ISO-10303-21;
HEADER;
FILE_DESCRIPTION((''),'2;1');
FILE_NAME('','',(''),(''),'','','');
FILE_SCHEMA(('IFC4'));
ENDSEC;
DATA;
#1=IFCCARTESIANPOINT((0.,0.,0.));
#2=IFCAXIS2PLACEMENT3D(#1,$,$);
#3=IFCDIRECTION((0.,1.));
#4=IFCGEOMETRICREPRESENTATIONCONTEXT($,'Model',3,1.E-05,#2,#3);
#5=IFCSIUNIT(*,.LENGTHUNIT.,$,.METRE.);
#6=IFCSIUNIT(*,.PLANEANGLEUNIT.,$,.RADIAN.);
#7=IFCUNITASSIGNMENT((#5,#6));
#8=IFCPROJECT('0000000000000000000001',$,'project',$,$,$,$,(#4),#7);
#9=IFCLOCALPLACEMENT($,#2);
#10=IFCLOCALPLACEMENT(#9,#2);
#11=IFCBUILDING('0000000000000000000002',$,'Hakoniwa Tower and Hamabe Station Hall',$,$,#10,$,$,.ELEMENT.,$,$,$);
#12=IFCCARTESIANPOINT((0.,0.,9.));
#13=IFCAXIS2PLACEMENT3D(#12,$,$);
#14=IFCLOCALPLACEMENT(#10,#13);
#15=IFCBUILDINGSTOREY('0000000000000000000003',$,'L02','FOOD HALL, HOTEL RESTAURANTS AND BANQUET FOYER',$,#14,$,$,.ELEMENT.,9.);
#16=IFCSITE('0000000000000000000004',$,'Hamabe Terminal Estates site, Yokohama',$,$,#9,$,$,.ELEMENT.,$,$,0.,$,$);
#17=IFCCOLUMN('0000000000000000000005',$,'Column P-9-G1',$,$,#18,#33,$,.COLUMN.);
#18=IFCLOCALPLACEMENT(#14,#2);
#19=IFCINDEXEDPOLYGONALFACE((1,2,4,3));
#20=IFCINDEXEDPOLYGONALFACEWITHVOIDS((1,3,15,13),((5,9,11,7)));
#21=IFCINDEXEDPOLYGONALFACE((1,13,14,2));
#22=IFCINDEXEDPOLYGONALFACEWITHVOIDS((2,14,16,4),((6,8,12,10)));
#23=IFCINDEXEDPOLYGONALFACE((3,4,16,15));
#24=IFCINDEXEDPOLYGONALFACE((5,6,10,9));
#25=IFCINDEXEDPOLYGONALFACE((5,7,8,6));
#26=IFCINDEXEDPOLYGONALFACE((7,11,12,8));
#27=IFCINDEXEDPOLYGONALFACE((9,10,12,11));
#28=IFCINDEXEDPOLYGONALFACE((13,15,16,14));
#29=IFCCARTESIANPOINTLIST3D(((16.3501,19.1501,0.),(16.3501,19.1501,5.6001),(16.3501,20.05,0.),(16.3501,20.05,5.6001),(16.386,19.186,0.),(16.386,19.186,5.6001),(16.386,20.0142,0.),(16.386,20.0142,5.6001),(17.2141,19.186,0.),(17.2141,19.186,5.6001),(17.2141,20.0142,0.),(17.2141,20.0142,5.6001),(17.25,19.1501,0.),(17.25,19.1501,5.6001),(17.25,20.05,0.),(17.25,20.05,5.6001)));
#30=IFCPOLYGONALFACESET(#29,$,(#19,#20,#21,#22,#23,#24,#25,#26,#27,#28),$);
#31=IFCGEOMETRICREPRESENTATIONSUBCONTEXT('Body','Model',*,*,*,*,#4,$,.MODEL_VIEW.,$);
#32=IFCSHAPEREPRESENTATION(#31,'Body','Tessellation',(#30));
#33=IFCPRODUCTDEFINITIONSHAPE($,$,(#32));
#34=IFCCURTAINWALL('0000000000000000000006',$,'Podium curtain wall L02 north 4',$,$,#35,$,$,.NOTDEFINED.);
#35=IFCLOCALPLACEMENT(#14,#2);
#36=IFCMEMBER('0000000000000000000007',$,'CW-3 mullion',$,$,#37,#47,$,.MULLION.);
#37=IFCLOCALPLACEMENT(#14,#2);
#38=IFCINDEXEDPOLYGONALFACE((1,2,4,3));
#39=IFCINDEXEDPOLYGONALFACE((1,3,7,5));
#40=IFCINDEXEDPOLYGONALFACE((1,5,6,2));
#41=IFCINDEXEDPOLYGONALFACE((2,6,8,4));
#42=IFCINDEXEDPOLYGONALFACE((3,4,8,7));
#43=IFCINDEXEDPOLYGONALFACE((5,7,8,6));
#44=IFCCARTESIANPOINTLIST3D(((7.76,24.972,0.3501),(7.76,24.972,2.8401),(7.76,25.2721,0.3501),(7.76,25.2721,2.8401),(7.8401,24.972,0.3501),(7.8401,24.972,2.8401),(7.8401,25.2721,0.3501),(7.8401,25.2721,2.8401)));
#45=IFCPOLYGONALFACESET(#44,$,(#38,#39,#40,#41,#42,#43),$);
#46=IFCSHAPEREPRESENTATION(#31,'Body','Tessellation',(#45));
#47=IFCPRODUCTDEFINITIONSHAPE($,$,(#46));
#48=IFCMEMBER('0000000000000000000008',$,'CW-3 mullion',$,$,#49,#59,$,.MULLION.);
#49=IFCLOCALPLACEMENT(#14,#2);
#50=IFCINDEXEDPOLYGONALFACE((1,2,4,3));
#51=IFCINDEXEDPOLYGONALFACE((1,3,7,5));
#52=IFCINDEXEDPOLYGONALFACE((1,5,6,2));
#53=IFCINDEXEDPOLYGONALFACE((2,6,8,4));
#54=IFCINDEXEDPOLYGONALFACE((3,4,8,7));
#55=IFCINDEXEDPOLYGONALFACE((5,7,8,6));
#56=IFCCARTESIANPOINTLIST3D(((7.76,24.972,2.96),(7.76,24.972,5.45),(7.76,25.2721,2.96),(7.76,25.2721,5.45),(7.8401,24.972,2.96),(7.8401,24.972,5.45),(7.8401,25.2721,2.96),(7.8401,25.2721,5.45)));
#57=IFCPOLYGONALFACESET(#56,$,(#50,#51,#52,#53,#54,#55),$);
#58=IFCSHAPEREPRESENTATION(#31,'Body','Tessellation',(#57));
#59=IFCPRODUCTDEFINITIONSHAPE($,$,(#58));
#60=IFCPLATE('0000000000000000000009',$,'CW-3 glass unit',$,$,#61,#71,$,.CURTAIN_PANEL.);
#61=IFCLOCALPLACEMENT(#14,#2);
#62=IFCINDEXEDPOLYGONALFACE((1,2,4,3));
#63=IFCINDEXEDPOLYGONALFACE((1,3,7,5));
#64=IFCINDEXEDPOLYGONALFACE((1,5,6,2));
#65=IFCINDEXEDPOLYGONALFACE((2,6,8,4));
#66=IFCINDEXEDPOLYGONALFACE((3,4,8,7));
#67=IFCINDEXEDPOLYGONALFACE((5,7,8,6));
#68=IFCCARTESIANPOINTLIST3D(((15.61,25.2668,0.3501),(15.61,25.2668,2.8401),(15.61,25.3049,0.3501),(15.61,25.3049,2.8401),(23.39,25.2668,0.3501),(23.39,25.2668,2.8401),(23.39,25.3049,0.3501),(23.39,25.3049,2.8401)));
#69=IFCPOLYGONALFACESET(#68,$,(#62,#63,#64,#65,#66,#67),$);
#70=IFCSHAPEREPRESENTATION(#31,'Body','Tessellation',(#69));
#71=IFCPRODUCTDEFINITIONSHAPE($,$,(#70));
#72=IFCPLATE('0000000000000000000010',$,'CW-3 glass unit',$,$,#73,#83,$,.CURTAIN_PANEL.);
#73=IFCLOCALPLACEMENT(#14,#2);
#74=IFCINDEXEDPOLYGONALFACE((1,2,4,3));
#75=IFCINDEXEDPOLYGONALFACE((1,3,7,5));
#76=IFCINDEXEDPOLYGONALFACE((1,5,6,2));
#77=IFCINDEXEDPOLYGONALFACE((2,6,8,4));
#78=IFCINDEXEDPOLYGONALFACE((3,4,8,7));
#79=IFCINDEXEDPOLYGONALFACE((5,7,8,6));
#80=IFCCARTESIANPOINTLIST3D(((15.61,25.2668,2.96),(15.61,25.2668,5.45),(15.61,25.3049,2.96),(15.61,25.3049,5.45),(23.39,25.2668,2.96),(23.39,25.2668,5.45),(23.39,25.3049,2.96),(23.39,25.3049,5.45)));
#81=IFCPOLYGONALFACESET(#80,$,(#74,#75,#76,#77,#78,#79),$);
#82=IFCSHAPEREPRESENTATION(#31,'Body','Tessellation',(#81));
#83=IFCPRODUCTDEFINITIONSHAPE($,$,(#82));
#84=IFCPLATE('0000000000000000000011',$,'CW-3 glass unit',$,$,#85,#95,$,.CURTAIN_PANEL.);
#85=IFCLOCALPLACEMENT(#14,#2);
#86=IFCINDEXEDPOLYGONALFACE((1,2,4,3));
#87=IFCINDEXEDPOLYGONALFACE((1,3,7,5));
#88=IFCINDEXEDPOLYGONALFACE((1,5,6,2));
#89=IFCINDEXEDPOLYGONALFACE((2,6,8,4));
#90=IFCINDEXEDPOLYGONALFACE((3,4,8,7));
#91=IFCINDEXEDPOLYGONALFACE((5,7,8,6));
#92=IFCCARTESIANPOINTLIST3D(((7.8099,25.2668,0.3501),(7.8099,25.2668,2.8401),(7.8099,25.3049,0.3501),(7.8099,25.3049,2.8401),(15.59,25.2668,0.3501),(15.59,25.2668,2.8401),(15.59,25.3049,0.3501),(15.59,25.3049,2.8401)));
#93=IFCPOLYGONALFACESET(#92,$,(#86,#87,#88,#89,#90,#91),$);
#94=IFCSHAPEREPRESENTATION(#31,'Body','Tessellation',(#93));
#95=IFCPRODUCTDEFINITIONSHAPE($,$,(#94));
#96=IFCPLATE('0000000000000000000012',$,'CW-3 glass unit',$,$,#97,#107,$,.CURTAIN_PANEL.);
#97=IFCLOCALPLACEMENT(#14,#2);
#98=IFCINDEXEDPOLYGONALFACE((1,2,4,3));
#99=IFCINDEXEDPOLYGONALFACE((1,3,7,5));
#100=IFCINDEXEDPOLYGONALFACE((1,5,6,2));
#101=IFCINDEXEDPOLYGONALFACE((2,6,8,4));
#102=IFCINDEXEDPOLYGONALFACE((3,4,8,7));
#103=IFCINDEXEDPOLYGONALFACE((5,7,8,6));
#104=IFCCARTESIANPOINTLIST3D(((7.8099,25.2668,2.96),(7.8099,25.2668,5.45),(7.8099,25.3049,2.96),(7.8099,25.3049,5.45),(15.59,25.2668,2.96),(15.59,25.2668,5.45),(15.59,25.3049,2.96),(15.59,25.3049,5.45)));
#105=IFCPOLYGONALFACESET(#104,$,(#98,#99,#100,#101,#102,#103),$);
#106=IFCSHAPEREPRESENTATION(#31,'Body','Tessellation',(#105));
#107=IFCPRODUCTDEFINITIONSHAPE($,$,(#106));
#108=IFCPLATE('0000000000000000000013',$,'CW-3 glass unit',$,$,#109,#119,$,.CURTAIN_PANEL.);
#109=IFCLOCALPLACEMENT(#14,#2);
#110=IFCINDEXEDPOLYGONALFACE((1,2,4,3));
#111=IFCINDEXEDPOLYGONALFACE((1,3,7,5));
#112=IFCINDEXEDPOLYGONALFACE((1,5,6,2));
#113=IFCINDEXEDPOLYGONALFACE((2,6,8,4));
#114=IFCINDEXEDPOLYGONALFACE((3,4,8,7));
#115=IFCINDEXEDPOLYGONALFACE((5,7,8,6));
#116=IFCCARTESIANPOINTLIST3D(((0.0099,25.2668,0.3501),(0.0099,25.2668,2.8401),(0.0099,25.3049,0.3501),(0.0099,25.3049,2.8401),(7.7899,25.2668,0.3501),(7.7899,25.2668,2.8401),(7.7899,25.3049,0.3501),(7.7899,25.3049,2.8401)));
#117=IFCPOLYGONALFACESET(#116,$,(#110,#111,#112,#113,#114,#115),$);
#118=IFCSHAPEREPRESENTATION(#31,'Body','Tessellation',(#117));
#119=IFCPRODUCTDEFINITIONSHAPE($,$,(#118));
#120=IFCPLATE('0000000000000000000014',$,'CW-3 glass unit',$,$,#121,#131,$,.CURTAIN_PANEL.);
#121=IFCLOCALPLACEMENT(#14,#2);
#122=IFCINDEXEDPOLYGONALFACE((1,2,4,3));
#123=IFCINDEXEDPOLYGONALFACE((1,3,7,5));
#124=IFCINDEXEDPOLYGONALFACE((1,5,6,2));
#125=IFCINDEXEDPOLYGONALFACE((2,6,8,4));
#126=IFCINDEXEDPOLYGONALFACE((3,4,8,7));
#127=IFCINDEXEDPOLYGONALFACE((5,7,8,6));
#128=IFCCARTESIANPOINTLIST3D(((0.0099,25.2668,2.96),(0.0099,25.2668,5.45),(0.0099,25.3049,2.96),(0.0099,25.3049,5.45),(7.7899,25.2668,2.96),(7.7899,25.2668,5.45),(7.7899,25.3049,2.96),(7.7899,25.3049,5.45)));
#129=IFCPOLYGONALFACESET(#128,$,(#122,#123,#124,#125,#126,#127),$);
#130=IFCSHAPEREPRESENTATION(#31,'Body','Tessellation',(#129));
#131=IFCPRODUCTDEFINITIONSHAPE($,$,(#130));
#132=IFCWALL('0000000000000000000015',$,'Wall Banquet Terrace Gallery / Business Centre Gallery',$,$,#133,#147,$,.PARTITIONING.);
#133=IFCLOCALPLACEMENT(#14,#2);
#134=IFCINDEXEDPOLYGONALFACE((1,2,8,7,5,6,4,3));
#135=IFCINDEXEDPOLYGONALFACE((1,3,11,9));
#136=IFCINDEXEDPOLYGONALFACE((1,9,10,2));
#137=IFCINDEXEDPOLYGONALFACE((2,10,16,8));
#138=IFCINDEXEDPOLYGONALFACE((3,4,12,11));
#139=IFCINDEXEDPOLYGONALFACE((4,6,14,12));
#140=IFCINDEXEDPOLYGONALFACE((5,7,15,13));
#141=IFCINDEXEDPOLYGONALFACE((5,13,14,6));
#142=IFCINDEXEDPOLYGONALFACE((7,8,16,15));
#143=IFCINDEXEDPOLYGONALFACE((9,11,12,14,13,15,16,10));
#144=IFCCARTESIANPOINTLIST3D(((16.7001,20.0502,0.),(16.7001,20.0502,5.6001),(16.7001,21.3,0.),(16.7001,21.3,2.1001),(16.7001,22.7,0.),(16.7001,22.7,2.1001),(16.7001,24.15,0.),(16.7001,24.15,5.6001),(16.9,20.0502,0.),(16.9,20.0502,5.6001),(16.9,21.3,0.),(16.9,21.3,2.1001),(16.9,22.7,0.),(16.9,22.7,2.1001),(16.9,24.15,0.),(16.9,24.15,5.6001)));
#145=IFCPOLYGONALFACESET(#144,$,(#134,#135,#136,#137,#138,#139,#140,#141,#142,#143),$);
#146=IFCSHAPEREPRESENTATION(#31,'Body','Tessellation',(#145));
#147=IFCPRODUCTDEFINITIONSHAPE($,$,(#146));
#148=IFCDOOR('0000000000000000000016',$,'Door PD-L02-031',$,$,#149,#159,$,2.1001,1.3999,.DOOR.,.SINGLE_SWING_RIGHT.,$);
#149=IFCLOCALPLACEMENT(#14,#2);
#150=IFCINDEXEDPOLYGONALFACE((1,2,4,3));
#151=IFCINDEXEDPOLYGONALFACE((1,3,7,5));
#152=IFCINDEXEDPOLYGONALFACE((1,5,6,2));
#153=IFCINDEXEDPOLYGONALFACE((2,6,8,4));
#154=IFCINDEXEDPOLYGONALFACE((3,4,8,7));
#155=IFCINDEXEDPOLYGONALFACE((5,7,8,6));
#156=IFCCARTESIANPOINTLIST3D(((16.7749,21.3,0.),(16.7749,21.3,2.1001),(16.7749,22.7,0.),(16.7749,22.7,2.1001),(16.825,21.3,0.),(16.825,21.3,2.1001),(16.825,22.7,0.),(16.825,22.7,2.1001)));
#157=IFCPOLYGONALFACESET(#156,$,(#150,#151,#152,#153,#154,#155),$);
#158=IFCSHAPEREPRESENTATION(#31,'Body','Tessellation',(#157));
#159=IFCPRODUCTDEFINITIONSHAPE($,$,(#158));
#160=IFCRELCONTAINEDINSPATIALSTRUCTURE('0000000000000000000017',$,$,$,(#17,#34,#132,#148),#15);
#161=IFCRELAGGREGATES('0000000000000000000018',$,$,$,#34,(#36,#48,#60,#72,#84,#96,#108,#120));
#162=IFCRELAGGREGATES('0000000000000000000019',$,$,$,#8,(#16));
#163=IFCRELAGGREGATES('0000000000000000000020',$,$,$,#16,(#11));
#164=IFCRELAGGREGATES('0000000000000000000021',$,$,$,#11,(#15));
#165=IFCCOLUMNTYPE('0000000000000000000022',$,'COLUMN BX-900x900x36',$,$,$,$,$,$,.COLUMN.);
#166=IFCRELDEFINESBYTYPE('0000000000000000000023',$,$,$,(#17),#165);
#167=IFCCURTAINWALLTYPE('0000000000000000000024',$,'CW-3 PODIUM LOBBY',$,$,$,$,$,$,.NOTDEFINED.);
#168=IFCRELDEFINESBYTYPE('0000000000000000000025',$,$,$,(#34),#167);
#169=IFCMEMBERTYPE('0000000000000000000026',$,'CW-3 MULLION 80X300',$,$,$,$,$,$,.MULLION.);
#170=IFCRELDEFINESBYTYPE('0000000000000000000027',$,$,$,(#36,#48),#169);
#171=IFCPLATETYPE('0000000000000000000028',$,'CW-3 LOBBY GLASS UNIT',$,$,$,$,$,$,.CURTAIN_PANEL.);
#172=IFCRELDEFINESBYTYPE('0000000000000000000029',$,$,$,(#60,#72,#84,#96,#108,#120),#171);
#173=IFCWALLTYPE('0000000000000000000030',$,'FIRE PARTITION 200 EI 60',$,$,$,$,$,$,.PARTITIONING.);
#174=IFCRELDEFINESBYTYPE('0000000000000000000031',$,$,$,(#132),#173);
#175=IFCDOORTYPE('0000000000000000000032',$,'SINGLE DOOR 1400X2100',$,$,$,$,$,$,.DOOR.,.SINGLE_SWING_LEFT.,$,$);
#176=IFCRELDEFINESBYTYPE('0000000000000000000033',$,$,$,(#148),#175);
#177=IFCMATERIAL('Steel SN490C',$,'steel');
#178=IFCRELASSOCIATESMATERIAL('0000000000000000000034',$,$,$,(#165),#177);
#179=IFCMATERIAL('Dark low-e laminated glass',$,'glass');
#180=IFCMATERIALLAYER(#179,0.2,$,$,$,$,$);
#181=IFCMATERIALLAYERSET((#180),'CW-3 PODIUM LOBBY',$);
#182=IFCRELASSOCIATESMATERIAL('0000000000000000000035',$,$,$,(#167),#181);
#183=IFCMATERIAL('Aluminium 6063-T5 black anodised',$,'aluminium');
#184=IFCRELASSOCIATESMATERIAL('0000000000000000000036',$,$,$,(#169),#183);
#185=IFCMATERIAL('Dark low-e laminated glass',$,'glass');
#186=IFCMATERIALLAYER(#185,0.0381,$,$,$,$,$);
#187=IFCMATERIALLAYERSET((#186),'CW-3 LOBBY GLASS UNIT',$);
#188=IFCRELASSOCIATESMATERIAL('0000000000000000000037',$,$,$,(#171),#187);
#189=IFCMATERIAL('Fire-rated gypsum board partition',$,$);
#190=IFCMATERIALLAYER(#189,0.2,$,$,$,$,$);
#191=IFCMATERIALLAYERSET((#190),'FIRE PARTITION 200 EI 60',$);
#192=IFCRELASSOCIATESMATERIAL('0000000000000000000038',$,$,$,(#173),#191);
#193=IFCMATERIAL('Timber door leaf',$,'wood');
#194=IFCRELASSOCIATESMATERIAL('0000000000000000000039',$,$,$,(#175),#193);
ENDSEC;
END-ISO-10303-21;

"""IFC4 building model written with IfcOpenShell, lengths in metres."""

from ifc_helpers import new_model, si_unit, direction, frame, frame_2d, origin, origin_2d, place, context, subcontext, project, spatial, rectangle, hollow_rectangle, extrude, material, layer, layer_set, material_profile, profile_set, type_object, element, fill, aggregate, save


model = new_model("IFC4")

# Units and contexts
model_context = context("Model", 3, precision=1e-05, world=origin(), true_north=direction((0.0, 1.0)))
body_context = subcontext(model_context, "Body", "Model", "MODEL_VIEW")
ifc_project = project(units=[si_unit("LENGTHUNIT", "METRE"), si_unit("PLANEANGLEUNIT", "RADIAN")], contexts=[model_context])

# Site, building, storey
site_placement = place(None, origin())
site = spatial("IfcSite", under=ifc_project, at=site_placement, Name="Hamabe Terminal Estates site, Yokohama", CompositionType="ELEMENT", RefElevation=0.0)
building_placement = place(site_placement, origin())
building = spatial("IfcBuilding", under=site, at=building_placement, Name="Hakoniwa Tower and Hamabe Station Hall", CompositionType="ELEMENT")
storey_placement = place(building_placement, frame((0.0, 0.0, 9.0)))
storey = spatial("IfcBuildingStorey", under=building, at=storey_placement, Name="L02", Description="FOOD HALL, HOTEL RESTAURANTS AND BANQUET FOYER", CompositionType="ELEMENT", Elevation=9.0)

# Column
ifc_material_1 = material(Name="Steel SN490C", Category="steel")
ifc_material_profile_1 = material_profile(ifc_material_1, hollow_rectangle(XDim=0.8999, YDim=0.8999, WallThickness=0.0359, at=origin_2d()), Name="BX-900x900x36")
ifc_profile_set_1 = profile_set([ifc_material_profile_1], Name="Steel SN490C")
column_type_1 = type_object("IfcColumnType", Name="COLUMN BX-900x900x36", PredefinedType="COLUMN", material=ifc_profile_set_1)
column_placement = place(storey_placement, frame((16.8, 19.6001, 0.0), z_axis=(0.0, 0.0, 1.0), x_axis=(1.0, 0.0, 0.0)))
element("IfcColumn", 1, at=column_placement, inside=storey, type_object=column_type_1, Name="Column P-9-G1", PredefinedType="COLUMN", context=body_context, shape_type="SweptSolid", body=[
    extrude(hollow_rectangle(XDim=0.8999, YDim=0.8999, WallThickness=0.0359, at=origin_2d()), origin(), (0.0, 0.0, 1.0), 5.6001),
])

# Curtain wall, members, plates
ifc_material_2 = material(Name="Dark low-e laminated glass", Category="glass")
ifc_layer_1 = layer(ifc_material_2, 0.2)
ifc_layer_set_1 = layer_set([ifc_layer_1], Name="CW-3 PODIUM LOBBY")
curtain_wall_type = type_object("IfcCurtainWallType", Name="CW-3 PODIUM LOBBY", PredefinedType="NOTDEFINED", material=ifc_layer_set_1)
curtain_wall_placement = place(storey_placement, origin())
curtain_wall = element("IfcCurtainWall", 2, at=curtain_wall_placement, inside=storey, type_object=curtain_wall_type, Name="Podium curtain wall L02 north 4", PredefinedType="NOTDEFINED")
ifc_material_3 = material(Name="Aluminium 6063-T5 black anodised", Category="aluminium")
ifc_material_profile_2 = material_profile(ifc_material_3, rectangle(XDim=0.0801, YDim=0.3, at=origin_2d()), Name="CW-3 MULLION 80X300")
ifc_profile_set_2 = profile_set([ifc_material_profile_2], Name="Aluminium 6063-T5 black anodised")
member_type = type_object("IfcMemberType", Name="CW-3 MULLION 80X300", PredefinedType="MULLION", material=ifc_profile_set_2)
member_1_placement = place(storey_placement, frame((7.8, 25.1221, 0.3501), z_axis=(0.0, 0.0, 1.0), x_axis=(-1.0, 0.0, 0.0)))
member_1 = element("IfcMember", 3, at=member_1_placement, type_object=member_type, Name="CW-3 mullion", PredefinedType="MULLION", context=body_context, shape_type="SweptSolid", body=[
    extrude(rectangle(XDim=0.0801, YDim=0.3, at=origin_2d()), origin(), (0.0, 0.0, 1.0), 2.49),
])
member_2_placement = place(storey_placement, frame((7.8, 25.1221, 2.96), z_axis=(0.0, 0.0, 1.0), x_axis=(-1.0, 0.0, 0.0)))
member_2 = element("IfcMember", 4, at=member_2_placement, type_object=member_type, Name="CW-3 mullion", PredefinedType="MULLION", context=body_context, shape_type="SweptSolid", body=[
    extrude(rectangle(XDim=0.0801, YDim=0.3, at=origin_2d()), origin(), (0.0, 0.0, 1.0), 2.49),
])
ifc_material_4 = material(Name="Dark low-e laminated glass", Category="glass")
ifc_layer_2 = layer(ifc_material_4, 0.0381)
ifc_layer_set_2 = layer_set([ifc_layer_2], Name="CW-3 LOBBY GLASS UNIT")
plate_type = type_object("IfcPlateType", Name="CW-3 LOBBY GLASS UNIT", PredefinedType="CURTAIN_PANEL", material=ifc_layer_set_2)
plate_1_placement = place(storey_placement, frame((19.5, 25.2859, 0.3501), z_axis=(0.0, 0.0, 1.0), x_axis=(-1.0, 0.0, 0.0)))
plate_1 = element("IfcPlate", 5, at=plate_1_placement, type_object=plate_type, Name="CW-3 glass unit", PredefinedType="CURTAIN_PANEL", context=body_context, shape_type="SweptSolid", body=[
    extrude(rectangle(XDim=7.78, YDim=0.0381, at=origin_2d()), origin(), (0.0, 0.0, 1.0), 2.49),
])
plate_2_placement = place(storey_placement, frame((19.5, 25.2859, 2.96), z_axis=(0.0, 0.0, 1.0), x_axis=(-1.0, 0.0, 0.0)))
plate_2 = element("IfcPlate", 6, at=plate_2_placement, type_object=plate_type, Name="CW-3 glass unit", PredefinedType="CURTAIN_PANEL", context=body_context, shape_type="SweptSolid", body=[
    extrude(rectangle(XDim=7.78, YDim=0.0381, at=origin_2d()), origin(), (0.0, 0.0, 1.0), 2.49),
])
plate_3_placement = place(storey_placement, frame((11.7, 25.2859, 0.3501), z_axis=(0.0, 0.0, 1.0), x_axis=(-1.0, 0.0, 0.0)))
plate_3 = element("IfcPlate", 7, at=plate_3_placement, type_object=plate_type, Name="CW-3 glass unit", PredefinedType="CURTAIN_PANEL", context=body_context, shape_type="SweptSolid", body=[
    extrude(rectangle(XDim=7.78, YDim=0.0381, at=origin_2d()), origin(), (0.0, 0.0, 1.0), 2.49),
])
plate_4_placement = place(storey_placement, frame((11.7, 25.2859, 2.96), z_axis=(0.0, 0.0, 1.0), x_axis=(-1.0, 0.0, 0.0)))
plate_4 = element("IfcPlate", 8, at=plate_4_placement, type_object=plate_type, Name="CW-3 glass unit", PredefinedType="CURTAIN_PANEL", context=body_context, shape_type="SweptSolid", body=[
    extrude(rectangle(XDim=7.78, YDim=0.0381, at=origin_2d()), origin(), (0.0, 0.0, 1.0), 2.49),
])
plate_5_placement = place(storey_placement, frame((3.8999, 25.2859, 0.3501), z_axis=(0.0, 0.0, 1.0), x_axis=(-1.0, 0.0, 0.0)))
plate_5 = element("IfcPlate", 9, at=plate_5_placement, type_object=plate_type, Name="CW-3 glass unit", PredefinedType="CURTAIN_PANEL", context=body_context, shape_type="SweptSolid", body=[
    extrude(rectangle(XDim=7.78, YDim=0.0381, at=origin_2d()), origin(), (0.0, 0.0, 1.0), 2.49),
])
plate_6_placement = place(storey_placement, frame((3.8999, 25.2859, 2.96), z_axis=(0.0, 0.0, 1.0), x_axis=(-1.0, 0.0, 0.0)))
plate_6 = element("IfcPlate", 10, at=plate_6_placement, type_object=plate_type, Name="CW-3 glass unit", PredefinedType="CURTAIN_PANEL", context=body_context, shape_type="SweptSolid", body=[
    extrude(rectangle(XDim=7.78, YDim=0.0381, at=origin_2d()), origin(), (0.0, 0.0, 1.0), 2.49),
])
aggregate(curtain_wall, [member_1, member_2, plate_1, plate_2, plate_3, plate_4, plate_5, plate_6])

# Wall, opening, door
ifc_material_5 = material(Name="Fire-rated gypsum board partition")
ifc_layer_3 = layer(ifc_material_5, 0.2)
ifc_layer_set_3 = layer_set([ifc_layer_3], Name="FIRE PARTITION 200 EI 60")
wall_type = type_object("IfcWallType", Name="FIRE PARTITION 200 EI 60", PredefinedType="PARTITIONING", material=ifc_layer_set_3)
wall_1_placement = place(storey_placement, frame((16.8, 24.1499, 0.0), z_axis=(0.0, 0.0, 1.0), x_axis=(0.0, -1.0, 0.0)))
wall_1 = element("IfcWall", 11, at=wall_1_placement, inside=storey, type_object=wall_type, Name="Wall Banquet Terrace Gallery / Business Centre Gallery", PredefinedType="PARTITIONING", context=body_context, shape_type="SweptSolid", body=[
    extrude(rectangle(XDim=4.0999, YDim=0.2, at=frame_2d((2.0498, 0.0))), origin(), (0.0, 0.0, 1.0), 5.6001),
])
opening_1_placement = place(wall_1_placement, frame((1.45, 0.0, 0.0)))
opening_1 = element("IfcOpeningElement", 12, at=opening_1_placement, cuts=wall_1, PredefinedType="OPENING", context=body_context, shape_type="SweptSolid", body=[
    extrude(rectangle(XDim=1.3999, YDim=2.1001, at=frame_2d((0.7, 1.05))), frame((0.0, 0.1099, 0.0), z_axis=(0.0, -1.0, 0.0), x_axis=(1.0, 0.0, 0.0)), (0.0, 0.0, 1.0), 0.22),
])
ifc_material_6 = material(Name="Timber door leaf", Category="wood")
door_type_1 = type_object("IfcDoorType", Name="SINGLE DOOR 1400X2100", OperationType="SINGLE_SWING_LEFT", PredefinedType="DOOR", material=ifc_material_6)
door_1_placement = place(opening_1_placement, origin())
door_1 = element("IfcDoor", 13, at=door_1_placement, inside=storey, type_object=door_type_1, Name="Door PD-L02-031", OperationType="SINGLE_SWING_RIGHT", OverallHeight=2.1001, OverallWidth=1.3999, PredefinedType="DOOR", context=body_context, shape_type="SweptSolid", body=[
    extrude(rectangle(XDim=1.3999, YDim=2.1001, at=frame_2d((0.7, 1.05))), frame((0.0, 0.0249, 0.0), z_axis=(0.0, -1.0, 0.0), x_axis=(1.0, 0.0, 0.0)), (0.0, 0.0, 1.0), 0.05),
])
fill(opening_1, door_1)

save(model, "model.ifc")
